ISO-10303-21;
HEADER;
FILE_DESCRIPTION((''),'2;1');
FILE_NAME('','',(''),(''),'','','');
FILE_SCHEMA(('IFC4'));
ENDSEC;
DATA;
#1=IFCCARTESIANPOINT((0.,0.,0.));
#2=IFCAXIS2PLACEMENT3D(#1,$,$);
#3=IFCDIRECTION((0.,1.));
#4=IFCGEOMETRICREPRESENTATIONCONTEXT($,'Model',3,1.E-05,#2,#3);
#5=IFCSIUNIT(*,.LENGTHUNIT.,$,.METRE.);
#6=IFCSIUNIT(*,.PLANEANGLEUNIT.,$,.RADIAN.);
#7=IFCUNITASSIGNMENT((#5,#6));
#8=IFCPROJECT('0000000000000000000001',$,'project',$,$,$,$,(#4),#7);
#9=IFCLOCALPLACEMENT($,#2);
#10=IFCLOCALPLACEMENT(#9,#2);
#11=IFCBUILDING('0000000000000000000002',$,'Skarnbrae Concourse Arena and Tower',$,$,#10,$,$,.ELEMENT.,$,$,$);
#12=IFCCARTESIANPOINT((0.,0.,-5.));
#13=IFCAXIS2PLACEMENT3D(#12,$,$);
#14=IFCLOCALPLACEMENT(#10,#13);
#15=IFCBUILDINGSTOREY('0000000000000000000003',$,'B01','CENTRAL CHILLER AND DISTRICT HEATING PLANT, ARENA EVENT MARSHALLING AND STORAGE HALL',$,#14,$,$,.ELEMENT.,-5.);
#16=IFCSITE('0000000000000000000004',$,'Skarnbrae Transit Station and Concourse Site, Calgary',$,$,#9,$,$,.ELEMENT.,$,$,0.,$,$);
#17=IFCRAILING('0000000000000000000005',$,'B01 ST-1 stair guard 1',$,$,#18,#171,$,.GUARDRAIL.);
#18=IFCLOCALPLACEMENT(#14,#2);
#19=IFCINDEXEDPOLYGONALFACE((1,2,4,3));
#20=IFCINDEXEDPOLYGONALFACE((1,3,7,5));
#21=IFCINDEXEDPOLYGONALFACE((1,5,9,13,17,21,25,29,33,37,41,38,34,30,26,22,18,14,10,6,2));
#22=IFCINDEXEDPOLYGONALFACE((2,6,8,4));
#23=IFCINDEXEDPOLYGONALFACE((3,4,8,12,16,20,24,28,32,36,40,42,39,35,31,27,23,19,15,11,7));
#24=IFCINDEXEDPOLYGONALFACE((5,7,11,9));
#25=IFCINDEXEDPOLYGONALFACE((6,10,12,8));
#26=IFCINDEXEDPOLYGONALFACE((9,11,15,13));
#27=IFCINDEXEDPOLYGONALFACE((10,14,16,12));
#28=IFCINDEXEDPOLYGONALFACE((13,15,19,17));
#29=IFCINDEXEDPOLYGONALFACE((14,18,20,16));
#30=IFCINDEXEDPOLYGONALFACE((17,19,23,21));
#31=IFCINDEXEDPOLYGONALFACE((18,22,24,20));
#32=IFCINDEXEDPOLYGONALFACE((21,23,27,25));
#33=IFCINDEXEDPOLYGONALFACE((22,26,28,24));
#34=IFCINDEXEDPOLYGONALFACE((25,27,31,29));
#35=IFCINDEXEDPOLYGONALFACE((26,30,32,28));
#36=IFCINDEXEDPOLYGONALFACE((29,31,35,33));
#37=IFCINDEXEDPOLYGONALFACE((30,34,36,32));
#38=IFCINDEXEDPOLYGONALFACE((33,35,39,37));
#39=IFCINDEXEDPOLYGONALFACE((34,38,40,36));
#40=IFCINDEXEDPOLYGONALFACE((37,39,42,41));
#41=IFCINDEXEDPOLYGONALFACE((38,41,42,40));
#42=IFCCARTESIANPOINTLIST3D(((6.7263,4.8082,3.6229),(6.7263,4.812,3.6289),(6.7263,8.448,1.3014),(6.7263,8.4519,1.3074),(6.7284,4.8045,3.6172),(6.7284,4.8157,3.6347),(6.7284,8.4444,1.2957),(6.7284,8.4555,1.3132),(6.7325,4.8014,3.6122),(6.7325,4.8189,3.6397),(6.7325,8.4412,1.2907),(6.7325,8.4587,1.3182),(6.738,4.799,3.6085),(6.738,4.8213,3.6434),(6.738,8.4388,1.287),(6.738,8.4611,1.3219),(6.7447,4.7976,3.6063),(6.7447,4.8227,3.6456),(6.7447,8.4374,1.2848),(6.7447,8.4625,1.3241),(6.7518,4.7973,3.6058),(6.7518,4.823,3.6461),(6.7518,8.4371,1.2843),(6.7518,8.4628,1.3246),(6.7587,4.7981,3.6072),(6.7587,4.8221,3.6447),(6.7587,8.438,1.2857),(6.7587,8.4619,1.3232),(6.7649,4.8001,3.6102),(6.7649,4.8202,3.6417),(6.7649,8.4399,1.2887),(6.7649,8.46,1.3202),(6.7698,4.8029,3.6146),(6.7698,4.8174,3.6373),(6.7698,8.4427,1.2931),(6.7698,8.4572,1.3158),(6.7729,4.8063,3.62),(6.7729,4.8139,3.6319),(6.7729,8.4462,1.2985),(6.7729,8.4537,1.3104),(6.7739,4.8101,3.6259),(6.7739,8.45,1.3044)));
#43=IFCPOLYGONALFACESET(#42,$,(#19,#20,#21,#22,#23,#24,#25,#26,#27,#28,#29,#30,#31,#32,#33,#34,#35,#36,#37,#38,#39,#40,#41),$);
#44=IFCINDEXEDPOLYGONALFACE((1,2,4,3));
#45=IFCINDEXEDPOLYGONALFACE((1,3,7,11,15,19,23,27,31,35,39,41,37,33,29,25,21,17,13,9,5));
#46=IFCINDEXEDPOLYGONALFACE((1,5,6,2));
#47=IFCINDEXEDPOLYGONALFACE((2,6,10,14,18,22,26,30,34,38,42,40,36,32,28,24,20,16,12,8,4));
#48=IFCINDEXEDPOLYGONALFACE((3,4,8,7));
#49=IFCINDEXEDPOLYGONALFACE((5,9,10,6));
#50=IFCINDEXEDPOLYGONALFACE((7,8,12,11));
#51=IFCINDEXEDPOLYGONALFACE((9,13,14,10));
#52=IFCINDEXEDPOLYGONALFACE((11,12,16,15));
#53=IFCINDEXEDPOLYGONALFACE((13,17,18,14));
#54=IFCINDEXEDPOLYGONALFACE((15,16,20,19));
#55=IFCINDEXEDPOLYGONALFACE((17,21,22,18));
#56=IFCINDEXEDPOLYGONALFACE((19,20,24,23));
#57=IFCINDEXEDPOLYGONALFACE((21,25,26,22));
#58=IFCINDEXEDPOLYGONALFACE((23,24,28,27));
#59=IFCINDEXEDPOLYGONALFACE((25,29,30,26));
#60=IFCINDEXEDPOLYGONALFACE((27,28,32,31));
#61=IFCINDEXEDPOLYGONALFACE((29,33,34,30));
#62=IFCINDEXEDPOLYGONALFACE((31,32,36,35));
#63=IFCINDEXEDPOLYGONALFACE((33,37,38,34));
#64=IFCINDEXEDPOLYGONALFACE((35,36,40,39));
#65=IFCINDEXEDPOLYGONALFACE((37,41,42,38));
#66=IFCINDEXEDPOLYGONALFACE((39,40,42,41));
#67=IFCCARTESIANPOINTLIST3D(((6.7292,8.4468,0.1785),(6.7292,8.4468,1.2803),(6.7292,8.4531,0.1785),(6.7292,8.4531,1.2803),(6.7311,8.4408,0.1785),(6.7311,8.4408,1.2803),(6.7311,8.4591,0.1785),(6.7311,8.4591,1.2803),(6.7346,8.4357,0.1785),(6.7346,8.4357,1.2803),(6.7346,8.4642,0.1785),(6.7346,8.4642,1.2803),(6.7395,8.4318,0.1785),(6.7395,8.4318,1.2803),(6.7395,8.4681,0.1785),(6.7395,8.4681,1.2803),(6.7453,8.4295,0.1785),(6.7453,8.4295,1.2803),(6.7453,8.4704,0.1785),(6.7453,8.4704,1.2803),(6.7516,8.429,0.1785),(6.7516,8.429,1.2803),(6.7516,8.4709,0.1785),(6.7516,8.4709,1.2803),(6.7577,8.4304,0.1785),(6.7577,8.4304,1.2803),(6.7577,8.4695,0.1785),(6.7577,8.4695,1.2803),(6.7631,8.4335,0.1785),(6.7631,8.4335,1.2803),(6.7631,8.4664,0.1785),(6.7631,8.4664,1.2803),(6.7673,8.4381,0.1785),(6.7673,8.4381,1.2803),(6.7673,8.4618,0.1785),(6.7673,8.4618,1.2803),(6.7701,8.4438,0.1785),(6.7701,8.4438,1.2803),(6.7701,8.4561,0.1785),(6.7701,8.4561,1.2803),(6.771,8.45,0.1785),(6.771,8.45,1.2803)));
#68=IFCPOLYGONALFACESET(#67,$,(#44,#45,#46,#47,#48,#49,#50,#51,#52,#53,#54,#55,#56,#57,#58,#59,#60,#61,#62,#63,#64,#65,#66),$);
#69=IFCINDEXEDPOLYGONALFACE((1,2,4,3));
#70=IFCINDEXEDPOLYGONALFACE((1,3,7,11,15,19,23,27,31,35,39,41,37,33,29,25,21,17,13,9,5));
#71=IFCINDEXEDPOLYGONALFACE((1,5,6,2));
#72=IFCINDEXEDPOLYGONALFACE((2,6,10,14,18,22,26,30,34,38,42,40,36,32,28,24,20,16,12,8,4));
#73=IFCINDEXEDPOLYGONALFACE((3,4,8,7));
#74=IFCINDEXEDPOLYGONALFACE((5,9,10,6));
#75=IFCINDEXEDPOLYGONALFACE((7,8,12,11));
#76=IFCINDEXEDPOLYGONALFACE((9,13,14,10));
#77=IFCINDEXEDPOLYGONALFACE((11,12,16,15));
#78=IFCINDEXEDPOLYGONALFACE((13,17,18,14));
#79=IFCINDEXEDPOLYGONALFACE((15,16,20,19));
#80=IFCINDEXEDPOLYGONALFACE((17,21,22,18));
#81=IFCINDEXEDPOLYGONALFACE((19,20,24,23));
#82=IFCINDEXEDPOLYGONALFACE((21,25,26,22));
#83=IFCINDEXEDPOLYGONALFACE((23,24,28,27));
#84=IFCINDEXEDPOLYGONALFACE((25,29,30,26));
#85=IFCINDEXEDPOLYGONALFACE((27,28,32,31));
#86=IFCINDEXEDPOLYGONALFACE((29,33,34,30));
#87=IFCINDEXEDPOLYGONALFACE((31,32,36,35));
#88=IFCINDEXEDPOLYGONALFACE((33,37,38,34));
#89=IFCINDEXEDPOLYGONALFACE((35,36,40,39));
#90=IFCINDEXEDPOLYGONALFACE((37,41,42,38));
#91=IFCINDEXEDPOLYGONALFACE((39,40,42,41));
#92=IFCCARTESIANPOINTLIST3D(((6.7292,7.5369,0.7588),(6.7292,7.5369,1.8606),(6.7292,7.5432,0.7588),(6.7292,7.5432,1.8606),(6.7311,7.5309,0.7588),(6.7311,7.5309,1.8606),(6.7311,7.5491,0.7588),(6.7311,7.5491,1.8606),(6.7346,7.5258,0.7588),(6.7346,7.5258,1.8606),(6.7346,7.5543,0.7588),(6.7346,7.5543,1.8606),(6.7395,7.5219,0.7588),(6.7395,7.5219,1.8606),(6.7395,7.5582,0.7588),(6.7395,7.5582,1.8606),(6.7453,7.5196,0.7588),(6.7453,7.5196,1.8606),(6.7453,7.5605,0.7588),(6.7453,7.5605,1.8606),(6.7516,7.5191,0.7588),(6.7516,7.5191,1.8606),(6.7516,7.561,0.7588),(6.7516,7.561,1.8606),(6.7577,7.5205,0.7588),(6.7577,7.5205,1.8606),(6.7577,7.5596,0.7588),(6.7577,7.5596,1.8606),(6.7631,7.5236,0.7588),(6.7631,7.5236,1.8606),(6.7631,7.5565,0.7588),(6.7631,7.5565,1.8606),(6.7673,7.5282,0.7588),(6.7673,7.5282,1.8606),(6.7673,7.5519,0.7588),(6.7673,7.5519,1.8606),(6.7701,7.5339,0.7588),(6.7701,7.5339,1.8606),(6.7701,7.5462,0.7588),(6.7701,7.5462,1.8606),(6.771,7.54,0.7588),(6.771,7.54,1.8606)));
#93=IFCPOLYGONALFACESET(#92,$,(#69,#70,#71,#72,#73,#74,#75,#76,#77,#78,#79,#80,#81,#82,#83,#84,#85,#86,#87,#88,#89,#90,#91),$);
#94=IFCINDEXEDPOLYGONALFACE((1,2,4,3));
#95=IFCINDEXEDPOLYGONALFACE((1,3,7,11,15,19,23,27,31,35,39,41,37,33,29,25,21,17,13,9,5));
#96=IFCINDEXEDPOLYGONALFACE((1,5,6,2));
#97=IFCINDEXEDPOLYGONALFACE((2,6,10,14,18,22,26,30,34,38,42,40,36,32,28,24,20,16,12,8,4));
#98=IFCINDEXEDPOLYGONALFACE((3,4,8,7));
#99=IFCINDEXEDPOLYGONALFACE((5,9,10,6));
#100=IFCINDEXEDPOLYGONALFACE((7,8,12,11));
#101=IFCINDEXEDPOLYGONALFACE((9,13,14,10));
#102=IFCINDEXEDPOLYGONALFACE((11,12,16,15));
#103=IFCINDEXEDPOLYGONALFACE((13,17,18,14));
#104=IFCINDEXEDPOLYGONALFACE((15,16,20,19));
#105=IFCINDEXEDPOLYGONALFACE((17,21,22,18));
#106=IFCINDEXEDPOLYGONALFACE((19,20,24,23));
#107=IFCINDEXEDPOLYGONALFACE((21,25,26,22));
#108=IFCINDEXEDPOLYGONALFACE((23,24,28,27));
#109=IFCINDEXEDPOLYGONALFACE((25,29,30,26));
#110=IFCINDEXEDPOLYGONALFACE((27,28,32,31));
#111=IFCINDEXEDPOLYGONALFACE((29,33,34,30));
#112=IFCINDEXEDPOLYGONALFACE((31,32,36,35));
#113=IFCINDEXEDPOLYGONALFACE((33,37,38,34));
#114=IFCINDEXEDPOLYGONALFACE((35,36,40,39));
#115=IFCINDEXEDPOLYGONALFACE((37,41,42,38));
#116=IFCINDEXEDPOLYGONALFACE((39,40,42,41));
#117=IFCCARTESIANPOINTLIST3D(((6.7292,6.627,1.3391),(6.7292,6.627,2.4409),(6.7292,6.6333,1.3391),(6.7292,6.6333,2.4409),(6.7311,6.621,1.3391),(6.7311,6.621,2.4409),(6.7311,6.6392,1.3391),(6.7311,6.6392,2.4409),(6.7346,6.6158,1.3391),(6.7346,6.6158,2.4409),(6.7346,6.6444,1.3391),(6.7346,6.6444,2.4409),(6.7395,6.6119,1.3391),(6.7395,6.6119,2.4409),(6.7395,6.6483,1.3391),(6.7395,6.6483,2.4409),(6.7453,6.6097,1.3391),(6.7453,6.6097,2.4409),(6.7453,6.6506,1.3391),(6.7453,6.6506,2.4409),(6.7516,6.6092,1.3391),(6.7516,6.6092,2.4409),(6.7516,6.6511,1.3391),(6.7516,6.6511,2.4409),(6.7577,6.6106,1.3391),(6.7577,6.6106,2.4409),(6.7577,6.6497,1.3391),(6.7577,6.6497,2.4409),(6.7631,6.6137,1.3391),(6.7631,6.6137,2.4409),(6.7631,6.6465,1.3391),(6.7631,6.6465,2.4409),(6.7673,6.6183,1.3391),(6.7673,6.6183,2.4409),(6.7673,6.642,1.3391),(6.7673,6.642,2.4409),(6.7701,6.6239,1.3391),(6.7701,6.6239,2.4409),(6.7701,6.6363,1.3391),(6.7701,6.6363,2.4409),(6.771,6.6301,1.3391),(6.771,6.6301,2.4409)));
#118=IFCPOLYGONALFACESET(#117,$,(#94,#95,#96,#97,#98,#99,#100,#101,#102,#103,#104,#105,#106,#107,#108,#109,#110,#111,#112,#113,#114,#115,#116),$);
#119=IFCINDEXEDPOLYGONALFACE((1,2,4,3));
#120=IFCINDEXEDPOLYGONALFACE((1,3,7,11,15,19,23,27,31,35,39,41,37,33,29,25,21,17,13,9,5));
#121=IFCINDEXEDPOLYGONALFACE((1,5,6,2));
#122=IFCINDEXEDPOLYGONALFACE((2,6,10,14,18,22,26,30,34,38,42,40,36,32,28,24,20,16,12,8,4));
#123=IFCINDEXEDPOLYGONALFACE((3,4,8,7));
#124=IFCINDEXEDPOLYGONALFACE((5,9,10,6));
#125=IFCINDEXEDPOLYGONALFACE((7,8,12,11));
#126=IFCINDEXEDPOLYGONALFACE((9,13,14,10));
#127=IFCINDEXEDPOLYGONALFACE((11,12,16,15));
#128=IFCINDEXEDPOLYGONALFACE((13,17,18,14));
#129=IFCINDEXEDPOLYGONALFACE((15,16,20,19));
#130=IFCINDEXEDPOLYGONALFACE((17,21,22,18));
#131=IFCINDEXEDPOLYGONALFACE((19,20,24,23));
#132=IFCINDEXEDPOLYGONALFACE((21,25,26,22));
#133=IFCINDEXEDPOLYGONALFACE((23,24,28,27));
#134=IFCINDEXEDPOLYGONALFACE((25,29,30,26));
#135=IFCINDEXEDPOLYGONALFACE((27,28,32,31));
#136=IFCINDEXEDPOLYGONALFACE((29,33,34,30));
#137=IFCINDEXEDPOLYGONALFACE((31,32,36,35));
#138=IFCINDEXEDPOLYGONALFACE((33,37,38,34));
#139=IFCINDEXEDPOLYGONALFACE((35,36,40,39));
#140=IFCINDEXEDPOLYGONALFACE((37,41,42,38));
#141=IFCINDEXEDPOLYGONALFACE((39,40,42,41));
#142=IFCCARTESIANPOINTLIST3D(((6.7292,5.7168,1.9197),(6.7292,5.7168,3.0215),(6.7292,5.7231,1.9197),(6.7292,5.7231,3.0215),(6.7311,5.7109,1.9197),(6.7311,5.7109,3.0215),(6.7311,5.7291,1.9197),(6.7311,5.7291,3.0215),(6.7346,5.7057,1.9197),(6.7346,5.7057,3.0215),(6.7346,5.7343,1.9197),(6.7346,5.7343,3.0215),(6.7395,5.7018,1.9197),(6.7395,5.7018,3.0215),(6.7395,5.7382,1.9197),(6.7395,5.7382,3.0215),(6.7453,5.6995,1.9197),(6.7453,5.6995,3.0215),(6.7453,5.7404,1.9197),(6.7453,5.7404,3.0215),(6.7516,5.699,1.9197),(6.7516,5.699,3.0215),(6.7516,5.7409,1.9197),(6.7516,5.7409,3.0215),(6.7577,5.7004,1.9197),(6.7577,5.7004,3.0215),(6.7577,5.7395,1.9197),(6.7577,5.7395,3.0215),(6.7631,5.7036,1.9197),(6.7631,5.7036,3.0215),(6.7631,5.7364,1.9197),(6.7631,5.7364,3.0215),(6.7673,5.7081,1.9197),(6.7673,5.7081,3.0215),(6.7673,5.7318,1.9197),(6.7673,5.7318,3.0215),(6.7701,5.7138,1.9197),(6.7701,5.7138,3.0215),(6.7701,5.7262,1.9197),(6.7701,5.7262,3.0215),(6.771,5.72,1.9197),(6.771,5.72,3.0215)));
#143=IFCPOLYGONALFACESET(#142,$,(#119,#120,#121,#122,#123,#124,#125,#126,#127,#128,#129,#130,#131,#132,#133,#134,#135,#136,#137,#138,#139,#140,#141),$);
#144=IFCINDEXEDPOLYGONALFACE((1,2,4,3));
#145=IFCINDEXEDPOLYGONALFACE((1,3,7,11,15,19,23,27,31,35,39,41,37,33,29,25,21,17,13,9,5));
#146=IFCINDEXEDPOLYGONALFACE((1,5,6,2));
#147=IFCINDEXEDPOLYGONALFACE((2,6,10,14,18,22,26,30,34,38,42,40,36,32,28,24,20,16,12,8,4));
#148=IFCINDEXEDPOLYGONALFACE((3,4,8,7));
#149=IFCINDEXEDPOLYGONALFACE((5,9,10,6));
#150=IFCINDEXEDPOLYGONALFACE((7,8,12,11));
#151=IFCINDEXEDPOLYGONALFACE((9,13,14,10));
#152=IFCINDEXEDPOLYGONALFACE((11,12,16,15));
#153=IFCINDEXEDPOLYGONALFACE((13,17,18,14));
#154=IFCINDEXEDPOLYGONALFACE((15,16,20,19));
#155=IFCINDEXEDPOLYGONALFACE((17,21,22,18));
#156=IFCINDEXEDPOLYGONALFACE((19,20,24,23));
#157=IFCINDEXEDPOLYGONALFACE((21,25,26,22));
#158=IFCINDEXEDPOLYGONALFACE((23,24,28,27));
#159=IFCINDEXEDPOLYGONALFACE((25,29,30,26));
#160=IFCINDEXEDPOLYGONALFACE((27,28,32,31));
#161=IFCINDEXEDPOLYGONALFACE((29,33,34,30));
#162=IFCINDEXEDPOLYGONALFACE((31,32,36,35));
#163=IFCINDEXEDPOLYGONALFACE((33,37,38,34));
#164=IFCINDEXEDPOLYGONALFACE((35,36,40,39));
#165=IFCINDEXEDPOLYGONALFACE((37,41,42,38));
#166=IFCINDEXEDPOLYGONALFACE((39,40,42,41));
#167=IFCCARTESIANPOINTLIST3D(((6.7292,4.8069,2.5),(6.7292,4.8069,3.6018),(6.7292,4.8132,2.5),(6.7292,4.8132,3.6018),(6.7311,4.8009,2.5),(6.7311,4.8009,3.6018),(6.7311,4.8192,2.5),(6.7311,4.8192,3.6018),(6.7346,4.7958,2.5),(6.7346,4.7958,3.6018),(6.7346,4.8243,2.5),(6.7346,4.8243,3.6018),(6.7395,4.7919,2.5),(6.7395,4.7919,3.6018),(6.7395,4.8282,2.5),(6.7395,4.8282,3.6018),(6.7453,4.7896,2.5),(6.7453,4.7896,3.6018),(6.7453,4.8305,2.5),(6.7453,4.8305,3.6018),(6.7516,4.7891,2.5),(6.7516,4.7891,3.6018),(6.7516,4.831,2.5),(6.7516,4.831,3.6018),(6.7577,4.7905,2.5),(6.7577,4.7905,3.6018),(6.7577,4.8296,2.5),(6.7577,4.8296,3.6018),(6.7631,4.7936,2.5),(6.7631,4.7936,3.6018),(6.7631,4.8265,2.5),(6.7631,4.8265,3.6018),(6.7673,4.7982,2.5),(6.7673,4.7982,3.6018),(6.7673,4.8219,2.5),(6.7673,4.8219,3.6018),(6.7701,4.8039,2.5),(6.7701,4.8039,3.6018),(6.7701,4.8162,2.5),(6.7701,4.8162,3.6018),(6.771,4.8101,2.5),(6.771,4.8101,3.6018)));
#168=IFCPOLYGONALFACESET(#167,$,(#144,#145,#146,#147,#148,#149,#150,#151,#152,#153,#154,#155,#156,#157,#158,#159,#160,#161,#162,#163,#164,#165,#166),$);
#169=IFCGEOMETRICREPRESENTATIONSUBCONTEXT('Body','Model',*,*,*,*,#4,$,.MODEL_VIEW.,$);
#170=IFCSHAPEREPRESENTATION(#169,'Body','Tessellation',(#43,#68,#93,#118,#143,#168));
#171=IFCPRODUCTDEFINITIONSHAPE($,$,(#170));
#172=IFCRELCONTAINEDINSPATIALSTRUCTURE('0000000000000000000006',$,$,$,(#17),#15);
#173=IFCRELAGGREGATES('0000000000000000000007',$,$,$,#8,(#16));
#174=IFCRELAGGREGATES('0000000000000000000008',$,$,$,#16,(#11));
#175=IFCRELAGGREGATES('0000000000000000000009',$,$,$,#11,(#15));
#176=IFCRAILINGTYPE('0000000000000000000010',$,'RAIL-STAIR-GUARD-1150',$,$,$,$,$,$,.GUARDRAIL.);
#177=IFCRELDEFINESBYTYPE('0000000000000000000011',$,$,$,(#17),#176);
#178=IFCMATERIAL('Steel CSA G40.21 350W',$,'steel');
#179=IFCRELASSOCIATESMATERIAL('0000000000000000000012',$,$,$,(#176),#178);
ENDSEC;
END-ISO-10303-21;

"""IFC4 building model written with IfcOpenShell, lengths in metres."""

from ifc_helpers import new_model, si_unit, direction, frame, origin, origin_2d, place, context, subcontext, project, spatial, circle, extrude, material, type_object, element, save


model = new_model("IFC4")

# Units and contexts
model_context = context("Model", 3, precision=1e-05, world=origin(), true_north=direction((0.0, 1.0)))
body_context = subcontext(model_context, "Body", "Model", "MODEL_VIEW")
ifc_project = project(units=[si_unit("LENGTHUNIT", "METRE"), si_unit("PLANEANGLEUNIT", "RADIAN")], contexts=[model_context])

# Site, building, storey
site_placement = place(None, origin())
site = spatial("IfcSite", under=ifc_project, at=site_placement, Name="Skarnbrae Transit Station and Concourse Site, Calgary", CompositionType="ELEMENT", RefElevation=0.0)
building_placement = place(site_placement, origin())
building = spatial("IfcBuilding", under=site, at=building_placement, Name="Skarnbrae Concourse Arena and Tower", CompositionType="ELEMENT")
storey_placement = place(building_placement, frame((0.0, 0.0, -5.0)))
storey = spatial("IfcBuildingStorey", under=building, at=storey_placement, Name="B01", Description="CENTRAL CHILLER AND DISTRICT HEATING PLANT, ARENA EVENT MARSHALLING AND STORAGE HALL", CompositionType="ELEMENT", Elevation=-5.0)

# Shared definitions
ifc_material_1 = material(Name="Steel CSA G40.21 350W", Category="steel")

# Railing
railing_type_1 = type_object("IfcRailingType", Name="RAIL-STAIR-GUARD-1150", PredefinedType="GUARDRAIL", material=ifc_material_1)
railing_1_placement = place(storey_placement, frame((6.75, 8.45, 0.1785)))
element("IfcRailing", 1, at=railing_1_placement, inside=storey, type_object=railing_type_1, Name="B01 ST-1 stair guard 1", PredefinedType="GUARDRAIL", context=body_context, shape_type="SweptSolid", body=[
    extrude(circle(Radius=0.0239, at=origin_2d()), frame((0.0, 0.0, 1.126), z_axis=(0.0, -0.843112, 0.537739), x_axis=(1.0, 0.0, 0.0)), (0.0, 0.0, 1.0), 4.3171),
    extrude(circle(Radius=0.021, at=origin_2d()), origin(), (0.0, 0.0, 1.0), 1.1018),
    extrude(circle(Radius=0.021, at=origin_2d()), frame((0.0, -0.9099, 0.5803)), (0.0, 0.0, 1.0), 1.1018),
    extrude(circle(Radius=0.021, at=origin_2d()), frame((0.0, -1.8198, 1.1606)), (0.0, 0.0, 1.0), 1.1018),
    extrude(circle(Radius=0.021, at=origin_2d()), frame((0.0, -2.73, 1.7412)), (0.0, 0.0, 1.0), 1.1018),
    extrude(circle(Radius=0.021, at=origin_2d()), frame((0.0, -3.6399, 2.3215)), (0.0, 0.0, 1.0), 1.1018),
])

save(model, "model.ifc")
